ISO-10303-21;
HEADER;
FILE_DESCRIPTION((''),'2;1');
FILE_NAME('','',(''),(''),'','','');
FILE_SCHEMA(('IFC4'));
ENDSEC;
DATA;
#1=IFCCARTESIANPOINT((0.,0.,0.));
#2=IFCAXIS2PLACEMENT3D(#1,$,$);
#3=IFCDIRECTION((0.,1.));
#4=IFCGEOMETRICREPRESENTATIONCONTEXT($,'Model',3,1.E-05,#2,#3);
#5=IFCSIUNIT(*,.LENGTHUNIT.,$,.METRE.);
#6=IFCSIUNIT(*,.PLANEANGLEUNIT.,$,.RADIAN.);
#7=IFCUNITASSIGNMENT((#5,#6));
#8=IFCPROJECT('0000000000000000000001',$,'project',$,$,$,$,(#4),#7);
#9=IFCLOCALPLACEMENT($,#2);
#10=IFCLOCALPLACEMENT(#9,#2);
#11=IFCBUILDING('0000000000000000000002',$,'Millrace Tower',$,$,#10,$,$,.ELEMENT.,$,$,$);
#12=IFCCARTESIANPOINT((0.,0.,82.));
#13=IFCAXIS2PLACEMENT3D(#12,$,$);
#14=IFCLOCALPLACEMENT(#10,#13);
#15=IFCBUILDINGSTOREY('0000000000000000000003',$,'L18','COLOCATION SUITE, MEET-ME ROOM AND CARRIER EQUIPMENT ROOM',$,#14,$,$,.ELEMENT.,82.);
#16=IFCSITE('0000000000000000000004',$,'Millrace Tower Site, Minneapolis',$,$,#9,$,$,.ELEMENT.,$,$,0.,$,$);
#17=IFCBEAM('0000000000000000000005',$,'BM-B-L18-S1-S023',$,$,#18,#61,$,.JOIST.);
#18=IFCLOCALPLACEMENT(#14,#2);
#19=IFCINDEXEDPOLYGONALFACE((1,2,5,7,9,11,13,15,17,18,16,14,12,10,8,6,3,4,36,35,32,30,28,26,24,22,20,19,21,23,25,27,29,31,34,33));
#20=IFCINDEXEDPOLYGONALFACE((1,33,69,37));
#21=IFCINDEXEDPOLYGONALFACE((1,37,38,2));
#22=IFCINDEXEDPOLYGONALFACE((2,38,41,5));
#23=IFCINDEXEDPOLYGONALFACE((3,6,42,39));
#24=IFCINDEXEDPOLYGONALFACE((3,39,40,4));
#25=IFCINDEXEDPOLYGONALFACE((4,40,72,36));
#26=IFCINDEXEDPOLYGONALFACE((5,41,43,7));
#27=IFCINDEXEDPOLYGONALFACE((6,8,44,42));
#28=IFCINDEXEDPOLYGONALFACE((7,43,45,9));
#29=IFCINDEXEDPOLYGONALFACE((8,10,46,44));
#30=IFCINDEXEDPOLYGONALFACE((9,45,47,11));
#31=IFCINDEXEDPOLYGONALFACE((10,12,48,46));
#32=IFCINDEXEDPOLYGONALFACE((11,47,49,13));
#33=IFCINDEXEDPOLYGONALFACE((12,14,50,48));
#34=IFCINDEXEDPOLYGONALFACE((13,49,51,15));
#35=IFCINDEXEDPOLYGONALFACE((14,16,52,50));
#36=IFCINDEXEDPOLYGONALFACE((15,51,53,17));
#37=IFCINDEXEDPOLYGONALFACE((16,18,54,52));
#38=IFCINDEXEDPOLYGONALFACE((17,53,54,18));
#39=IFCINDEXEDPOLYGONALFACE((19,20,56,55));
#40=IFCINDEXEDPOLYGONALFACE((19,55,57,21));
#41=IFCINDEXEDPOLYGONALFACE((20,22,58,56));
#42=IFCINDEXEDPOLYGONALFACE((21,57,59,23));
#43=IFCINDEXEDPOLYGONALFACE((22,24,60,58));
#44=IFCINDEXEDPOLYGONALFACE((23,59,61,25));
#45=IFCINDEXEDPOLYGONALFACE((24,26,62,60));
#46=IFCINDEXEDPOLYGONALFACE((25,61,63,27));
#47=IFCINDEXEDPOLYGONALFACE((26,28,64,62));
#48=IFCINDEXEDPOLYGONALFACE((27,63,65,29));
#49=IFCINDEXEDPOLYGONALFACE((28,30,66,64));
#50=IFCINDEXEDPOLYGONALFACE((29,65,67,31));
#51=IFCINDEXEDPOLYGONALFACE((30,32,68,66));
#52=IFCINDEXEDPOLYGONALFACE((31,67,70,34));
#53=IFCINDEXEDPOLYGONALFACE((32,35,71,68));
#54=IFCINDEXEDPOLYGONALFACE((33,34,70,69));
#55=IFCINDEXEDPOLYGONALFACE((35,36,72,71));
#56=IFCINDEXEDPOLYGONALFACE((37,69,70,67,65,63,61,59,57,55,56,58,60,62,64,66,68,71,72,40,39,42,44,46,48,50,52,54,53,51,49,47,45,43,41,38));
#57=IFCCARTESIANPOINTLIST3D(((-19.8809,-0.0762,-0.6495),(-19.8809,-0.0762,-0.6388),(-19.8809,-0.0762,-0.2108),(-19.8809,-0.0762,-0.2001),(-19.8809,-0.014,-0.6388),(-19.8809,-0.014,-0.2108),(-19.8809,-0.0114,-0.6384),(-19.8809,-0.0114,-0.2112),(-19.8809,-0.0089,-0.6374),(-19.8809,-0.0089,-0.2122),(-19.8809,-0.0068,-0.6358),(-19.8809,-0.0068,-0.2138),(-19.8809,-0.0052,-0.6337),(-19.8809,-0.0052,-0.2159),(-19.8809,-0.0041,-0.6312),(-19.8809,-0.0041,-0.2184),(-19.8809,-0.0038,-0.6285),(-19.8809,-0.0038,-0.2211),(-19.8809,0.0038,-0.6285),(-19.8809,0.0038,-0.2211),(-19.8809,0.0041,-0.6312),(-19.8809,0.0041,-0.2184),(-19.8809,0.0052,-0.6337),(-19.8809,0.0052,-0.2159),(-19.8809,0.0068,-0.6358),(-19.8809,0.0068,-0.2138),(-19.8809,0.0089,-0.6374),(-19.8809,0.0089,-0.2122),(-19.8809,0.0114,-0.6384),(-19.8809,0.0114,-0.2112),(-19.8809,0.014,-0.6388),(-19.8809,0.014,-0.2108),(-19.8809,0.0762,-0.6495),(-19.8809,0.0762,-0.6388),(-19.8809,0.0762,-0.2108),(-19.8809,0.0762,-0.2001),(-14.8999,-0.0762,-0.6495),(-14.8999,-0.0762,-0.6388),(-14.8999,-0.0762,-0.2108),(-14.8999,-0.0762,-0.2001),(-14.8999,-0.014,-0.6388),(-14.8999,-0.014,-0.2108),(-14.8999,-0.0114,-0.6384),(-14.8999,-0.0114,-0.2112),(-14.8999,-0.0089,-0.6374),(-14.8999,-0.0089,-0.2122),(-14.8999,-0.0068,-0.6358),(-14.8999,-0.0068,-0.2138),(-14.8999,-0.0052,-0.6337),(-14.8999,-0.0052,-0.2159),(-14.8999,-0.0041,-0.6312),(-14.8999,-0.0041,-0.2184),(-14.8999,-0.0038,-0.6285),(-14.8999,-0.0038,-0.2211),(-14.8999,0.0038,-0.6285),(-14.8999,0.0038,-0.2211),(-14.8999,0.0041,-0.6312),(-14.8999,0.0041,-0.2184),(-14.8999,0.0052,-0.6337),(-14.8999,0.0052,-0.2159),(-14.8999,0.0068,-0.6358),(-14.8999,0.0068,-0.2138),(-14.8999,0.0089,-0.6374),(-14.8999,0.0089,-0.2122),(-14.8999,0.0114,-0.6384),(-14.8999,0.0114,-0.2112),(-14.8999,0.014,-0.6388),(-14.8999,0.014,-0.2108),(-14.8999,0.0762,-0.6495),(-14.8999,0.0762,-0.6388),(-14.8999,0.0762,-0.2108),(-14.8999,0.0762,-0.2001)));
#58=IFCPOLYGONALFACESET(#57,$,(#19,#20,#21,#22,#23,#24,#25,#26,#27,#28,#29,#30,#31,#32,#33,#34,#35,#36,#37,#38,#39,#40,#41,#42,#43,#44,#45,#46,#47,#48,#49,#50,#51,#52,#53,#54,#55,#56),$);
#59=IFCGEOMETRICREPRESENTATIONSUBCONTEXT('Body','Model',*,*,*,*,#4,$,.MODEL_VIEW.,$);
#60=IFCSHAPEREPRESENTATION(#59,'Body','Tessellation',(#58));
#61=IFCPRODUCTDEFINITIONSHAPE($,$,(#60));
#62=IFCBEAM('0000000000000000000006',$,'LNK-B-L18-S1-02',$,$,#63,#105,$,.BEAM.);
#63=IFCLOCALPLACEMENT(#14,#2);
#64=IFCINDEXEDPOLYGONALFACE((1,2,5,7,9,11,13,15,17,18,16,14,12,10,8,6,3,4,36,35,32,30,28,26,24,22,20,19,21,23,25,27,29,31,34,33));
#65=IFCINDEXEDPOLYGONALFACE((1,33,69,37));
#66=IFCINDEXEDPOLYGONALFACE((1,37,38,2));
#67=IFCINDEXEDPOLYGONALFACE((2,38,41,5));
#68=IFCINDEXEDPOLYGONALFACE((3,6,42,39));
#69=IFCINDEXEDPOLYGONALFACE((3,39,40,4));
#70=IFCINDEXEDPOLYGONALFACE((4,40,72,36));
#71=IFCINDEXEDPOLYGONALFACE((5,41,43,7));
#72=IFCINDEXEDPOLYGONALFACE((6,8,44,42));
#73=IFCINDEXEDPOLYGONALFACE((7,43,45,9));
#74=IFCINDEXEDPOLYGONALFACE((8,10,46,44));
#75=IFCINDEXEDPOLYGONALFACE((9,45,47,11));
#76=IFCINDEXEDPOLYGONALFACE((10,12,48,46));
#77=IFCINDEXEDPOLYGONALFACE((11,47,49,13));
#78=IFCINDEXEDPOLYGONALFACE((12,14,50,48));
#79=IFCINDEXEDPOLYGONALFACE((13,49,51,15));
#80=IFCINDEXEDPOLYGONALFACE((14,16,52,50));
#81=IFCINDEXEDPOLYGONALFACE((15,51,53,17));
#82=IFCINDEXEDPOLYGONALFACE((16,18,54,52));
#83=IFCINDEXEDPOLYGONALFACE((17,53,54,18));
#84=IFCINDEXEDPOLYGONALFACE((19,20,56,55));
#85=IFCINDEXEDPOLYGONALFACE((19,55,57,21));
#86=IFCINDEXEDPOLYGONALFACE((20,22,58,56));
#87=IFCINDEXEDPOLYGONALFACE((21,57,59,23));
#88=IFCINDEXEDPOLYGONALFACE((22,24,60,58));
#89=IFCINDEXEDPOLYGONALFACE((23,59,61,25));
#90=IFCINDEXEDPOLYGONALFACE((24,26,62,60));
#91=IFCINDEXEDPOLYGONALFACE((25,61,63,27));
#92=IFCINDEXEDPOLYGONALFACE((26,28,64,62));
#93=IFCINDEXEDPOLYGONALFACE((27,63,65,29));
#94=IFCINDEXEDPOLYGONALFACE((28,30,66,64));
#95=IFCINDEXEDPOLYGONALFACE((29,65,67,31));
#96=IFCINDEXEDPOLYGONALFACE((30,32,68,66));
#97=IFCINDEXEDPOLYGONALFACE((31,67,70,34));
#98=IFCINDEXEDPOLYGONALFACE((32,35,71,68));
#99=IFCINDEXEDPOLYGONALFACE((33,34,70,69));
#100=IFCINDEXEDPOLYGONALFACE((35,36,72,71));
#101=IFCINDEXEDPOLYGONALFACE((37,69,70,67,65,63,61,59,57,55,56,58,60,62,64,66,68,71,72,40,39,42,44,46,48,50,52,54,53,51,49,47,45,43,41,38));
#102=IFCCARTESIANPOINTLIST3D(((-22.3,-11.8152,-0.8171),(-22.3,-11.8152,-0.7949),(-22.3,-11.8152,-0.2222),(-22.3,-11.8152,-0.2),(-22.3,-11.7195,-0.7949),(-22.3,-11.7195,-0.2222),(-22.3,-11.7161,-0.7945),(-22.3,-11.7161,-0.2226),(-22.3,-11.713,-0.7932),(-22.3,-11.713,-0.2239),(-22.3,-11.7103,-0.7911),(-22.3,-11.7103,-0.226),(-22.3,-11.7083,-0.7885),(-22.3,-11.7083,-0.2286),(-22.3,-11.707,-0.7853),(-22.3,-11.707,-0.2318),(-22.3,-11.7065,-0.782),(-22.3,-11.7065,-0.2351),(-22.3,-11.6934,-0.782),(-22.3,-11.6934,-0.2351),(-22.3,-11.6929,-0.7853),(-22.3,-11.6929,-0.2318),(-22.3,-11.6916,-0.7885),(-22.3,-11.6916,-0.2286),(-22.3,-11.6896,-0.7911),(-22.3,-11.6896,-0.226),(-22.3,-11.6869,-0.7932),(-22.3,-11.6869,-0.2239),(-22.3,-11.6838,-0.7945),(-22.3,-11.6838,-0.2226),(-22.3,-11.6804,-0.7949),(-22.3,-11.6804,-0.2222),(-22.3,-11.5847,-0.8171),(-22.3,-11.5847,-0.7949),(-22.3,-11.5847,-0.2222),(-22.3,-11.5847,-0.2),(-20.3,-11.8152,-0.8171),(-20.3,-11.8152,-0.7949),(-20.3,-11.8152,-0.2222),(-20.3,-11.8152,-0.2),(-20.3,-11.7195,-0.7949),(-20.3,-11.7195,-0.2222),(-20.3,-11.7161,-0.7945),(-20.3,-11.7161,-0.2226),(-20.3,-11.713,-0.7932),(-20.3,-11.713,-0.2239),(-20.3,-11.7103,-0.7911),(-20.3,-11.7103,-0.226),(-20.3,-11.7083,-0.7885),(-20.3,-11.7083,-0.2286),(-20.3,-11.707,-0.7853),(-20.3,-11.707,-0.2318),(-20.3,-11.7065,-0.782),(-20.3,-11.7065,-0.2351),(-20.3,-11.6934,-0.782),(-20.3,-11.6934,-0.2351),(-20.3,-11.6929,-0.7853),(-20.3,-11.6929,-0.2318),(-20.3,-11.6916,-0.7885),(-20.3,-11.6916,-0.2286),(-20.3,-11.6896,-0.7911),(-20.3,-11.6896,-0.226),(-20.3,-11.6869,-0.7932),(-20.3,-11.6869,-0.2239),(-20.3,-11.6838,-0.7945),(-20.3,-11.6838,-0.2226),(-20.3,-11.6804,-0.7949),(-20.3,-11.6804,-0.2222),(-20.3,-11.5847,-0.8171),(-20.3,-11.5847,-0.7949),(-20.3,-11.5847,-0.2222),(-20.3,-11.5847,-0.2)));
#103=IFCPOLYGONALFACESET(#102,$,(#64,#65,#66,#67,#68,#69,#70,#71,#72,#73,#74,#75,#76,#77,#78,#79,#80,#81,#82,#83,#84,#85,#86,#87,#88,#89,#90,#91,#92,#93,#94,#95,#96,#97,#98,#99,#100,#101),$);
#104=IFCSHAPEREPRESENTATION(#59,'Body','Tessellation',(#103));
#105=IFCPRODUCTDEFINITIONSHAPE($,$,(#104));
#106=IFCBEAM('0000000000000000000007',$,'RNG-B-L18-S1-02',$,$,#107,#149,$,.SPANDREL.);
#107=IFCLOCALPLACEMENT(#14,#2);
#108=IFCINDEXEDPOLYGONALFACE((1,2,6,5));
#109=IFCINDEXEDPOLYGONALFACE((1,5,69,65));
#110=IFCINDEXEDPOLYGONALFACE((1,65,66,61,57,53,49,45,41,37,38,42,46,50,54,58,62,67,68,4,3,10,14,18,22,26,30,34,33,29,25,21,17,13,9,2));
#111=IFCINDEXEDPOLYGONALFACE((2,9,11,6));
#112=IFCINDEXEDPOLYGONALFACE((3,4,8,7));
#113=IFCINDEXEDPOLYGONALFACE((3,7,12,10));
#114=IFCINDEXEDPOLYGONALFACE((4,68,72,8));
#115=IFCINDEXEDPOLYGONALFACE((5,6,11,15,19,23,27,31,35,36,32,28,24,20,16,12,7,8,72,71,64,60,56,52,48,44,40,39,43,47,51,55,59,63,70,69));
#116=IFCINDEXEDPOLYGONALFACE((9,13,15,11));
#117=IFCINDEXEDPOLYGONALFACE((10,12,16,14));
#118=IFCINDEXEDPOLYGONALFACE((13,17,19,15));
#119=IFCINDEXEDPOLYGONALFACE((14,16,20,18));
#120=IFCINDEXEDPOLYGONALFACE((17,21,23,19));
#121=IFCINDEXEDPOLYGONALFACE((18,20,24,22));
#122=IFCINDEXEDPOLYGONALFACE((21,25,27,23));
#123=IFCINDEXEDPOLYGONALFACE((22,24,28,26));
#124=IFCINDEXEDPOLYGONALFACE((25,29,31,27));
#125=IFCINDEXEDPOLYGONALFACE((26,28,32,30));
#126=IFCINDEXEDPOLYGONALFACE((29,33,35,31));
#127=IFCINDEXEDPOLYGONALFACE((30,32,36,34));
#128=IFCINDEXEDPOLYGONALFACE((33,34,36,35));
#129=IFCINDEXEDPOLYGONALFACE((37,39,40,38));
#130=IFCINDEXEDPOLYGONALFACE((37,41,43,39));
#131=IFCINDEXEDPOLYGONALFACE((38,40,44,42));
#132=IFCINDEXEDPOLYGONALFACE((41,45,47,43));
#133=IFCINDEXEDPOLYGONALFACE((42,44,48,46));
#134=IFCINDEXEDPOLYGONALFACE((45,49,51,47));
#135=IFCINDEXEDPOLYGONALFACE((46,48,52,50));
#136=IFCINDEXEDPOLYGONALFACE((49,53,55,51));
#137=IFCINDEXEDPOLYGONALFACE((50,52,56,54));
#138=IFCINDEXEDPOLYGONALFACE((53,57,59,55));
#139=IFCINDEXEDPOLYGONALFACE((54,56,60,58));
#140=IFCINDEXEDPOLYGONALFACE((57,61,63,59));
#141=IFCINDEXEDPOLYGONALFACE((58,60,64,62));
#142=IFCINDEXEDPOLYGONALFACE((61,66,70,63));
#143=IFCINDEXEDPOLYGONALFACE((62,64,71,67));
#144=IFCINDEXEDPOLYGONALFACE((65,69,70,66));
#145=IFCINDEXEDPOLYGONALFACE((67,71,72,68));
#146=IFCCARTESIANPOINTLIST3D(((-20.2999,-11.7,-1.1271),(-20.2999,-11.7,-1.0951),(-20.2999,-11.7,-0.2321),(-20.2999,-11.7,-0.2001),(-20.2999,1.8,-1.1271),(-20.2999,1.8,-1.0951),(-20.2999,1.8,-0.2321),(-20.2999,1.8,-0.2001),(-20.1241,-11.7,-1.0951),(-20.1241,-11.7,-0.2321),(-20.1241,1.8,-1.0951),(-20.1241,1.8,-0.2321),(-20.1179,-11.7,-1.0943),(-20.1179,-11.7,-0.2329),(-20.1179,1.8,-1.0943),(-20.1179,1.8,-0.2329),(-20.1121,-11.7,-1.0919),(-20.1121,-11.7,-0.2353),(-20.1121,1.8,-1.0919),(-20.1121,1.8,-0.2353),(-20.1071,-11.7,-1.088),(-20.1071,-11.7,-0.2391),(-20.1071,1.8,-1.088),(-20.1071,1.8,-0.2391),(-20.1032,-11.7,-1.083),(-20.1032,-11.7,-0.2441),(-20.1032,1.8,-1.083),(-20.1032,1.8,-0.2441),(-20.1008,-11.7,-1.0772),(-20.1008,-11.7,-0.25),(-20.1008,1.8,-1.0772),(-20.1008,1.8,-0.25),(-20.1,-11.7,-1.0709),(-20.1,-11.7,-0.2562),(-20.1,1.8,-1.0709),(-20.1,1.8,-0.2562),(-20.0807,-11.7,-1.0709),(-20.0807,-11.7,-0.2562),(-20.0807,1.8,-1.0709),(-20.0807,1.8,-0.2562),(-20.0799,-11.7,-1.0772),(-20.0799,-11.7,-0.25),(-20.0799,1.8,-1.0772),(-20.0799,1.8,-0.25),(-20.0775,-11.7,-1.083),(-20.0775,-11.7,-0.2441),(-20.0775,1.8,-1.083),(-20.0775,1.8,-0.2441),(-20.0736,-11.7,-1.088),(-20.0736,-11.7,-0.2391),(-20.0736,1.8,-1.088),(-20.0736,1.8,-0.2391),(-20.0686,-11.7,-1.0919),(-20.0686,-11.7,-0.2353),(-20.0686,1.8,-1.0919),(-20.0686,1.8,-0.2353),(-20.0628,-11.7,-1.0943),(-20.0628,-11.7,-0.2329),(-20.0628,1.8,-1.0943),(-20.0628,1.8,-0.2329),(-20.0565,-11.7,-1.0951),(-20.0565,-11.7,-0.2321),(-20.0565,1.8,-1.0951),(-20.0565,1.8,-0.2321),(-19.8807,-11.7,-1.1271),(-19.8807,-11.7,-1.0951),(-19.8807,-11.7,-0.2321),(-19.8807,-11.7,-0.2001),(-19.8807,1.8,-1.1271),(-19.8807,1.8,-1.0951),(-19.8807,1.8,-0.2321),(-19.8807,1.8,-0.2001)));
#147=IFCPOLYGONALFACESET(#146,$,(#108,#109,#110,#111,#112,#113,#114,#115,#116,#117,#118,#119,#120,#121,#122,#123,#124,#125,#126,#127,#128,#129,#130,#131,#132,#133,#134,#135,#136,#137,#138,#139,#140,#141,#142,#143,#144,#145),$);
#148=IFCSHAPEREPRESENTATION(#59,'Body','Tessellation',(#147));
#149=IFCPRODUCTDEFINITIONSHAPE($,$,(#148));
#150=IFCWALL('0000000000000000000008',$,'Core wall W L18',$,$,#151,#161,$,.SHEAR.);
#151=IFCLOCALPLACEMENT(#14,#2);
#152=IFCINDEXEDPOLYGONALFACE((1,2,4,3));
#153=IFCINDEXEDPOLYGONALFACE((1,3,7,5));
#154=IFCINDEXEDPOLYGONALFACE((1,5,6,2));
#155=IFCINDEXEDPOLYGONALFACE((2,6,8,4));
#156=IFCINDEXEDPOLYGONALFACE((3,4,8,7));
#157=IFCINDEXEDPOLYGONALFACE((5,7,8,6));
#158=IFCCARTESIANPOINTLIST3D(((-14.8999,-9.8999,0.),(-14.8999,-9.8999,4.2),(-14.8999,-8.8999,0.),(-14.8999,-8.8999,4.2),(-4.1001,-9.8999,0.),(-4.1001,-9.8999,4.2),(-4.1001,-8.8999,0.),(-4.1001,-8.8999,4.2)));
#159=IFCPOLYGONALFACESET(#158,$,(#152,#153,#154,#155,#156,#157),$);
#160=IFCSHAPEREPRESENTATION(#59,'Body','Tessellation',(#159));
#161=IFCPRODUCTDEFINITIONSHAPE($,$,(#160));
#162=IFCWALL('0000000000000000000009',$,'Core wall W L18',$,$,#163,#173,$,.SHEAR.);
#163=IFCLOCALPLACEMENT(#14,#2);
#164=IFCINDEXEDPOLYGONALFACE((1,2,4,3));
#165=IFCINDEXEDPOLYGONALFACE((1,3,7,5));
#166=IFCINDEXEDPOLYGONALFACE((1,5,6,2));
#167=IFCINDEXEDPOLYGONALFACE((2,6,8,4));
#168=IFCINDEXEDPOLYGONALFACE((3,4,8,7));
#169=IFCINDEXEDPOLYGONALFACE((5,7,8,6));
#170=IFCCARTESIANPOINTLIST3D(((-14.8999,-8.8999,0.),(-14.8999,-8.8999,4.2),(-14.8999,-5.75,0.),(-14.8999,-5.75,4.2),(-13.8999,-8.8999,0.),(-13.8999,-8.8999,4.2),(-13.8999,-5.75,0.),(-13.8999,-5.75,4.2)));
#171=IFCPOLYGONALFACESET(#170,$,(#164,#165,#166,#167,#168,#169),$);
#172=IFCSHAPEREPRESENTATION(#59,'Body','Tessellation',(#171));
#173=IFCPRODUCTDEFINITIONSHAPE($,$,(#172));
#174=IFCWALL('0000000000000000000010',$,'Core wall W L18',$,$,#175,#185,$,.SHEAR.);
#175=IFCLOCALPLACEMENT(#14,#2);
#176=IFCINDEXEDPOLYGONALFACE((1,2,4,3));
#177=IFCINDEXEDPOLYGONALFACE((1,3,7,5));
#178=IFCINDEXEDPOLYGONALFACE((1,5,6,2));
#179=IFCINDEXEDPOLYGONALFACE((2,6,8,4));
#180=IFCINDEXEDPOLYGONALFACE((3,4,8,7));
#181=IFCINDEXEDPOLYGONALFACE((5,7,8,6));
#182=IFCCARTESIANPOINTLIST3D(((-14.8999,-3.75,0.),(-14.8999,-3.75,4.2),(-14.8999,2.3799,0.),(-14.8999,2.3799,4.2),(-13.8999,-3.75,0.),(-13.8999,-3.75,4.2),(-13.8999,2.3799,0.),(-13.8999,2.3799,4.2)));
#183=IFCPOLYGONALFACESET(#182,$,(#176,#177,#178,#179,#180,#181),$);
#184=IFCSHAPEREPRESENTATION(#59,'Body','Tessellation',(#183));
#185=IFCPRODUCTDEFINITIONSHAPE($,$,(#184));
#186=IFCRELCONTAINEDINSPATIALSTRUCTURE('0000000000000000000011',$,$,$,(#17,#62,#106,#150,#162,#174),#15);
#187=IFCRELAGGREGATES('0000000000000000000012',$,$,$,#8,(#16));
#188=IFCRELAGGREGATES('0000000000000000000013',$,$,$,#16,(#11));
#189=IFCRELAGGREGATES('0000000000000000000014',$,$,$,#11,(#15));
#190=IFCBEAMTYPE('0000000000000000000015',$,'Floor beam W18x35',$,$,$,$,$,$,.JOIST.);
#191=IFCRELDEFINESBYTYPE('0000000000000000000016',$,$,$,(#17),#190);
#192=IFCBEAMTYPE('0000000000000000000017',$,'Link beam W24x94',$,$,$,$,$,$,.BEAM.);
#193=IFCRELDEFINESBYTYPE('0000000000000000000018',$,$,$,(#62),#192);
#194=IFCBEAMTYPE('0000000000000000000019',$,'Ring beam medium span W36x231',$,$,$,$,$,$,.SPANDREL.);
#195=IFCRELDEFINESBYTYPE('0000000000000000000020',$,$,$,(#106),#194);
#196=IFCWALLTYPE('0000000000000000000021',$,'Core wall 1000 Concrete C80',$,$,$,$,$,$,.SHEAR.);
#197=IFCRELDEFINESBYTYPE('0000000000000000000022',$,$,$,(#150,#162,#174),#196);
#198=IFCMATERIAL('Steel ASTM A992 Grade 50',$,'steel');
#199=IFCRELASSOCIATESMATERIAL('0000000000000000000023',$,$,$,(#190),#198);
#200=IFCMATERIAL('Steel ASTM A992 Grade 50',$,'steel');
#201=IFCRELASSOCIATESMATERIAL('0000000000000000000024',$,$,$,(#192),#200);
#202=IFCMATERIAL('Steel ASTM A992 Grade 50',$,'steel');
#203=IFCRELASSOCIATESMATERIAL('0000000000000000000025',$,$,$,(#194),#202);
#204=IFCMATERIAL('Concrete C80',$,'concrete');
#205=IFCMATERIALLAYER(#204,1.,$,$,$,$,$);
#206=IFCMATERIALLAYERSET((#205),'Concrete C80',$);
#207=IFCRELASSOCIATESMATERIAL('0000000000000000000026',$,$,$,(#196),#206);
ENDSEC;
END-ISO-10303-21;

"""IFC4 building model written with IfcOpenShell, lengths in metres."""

from ifc_helpers import new_model, si_unit, direction, frame, frame_2d, origin, origin_2d, place, context, subcontext, project, spatial, rectangle, i_section, extrude, material, layer, layer_set, material_profile, profile_set, type_object, element, save


model = new_model("IFC4")

# Units and contexts
model_context = context("Model", 3, precision=1e-05, world=origin(), true_north=direction((0.0, 1.0)))
body_context = subcontext(model_context, "Body", "Model", "MODEL_VIEW")
ifc_project = project(units=[si_unit("LENGTHUNIT", "METRE"), si_unit("PLANEANGLEUNIT", "RADIAN")], contexts=[model_context])

# Site, building, storey
site_placement = place(None, origin())
site = spatial("IfcSite", under=ifc_project, at=site_placement, Name="Millrace Tower Site, Minneapolis", CompositionType="ELEMENT", RefElevation=0.0)
building_placement = place(site_placement, origin())
building = spatial("IfcBuilding", under=site, at=building_placement, Name="Millrace Tower", CompositionType="ELEMENT")
storey_placement = place(building_placement, frame((0.0, 0.0, 82.0)))
storey = spatial("IfcBuildingStorey", under=building, at=storey_placement, Name="L18", Description="COLOCATION SUITE, MEET-ME ROOM AND CARRIER EQUIPMENT ROOM", CompositionType="ELEMENT", Elevation=82.0)

# Beams
ifc_material_1 = material(Name="Steel ASTM A992 Grade 50", Category="steel")
ifc_material_profile_1 = material_profile(ifc_material_1, i_section(OverallWidth=0.1523, OverallDepth=0.4495, WebThickness=0.0076, FlangeThickness=0.0107, FilletRadius=0.0103, at=origin_2d()))
ifc_profile_set_1 = profile_set([ifc_material_profile_1], Name="Steel ASTM A992 Grade 50")
beam_type_1 = type_object("IfcBeamType", Name="Floor beam W18x35", PredefinedType="JOIST", material=ifc_profile_set_1)
for number, where, z_axis, x_axis, name in (
    (1, (-19.8809, 0.0, -0.4248), (1.0, 0.0, 0.0), (0.0, 1.0, 0.0), "BM-B-L18-S1-S023"),
):
    element("IfcBeam", number, at=place(storey_placement, frame(where, z_axis=z_axis, x_axis=x_axis)), inside=storey, type_object=beam_type_1, Name=name, PredefinedType="JOIST", context=body_context, shape_type="SweptSolid", body=[
        extrude(i_section(OverallWidth=0.1523, OverallDepth=0.4495, WebThickness=0.0076, FlangeThickness=0.0107, FilletRadius=0.0103, at=origin_2d()), origin(), (0.0, 0.0, 1.0), 4.981),
    ])
ifc_material_2 = material(Name="Steel ASTM A992 Grade 50", Category="steel")
ifc_material_profile_2 = material_profile(ifc_material_2, i_section(OverallWidth=0.2305, OverallDepth=0.6172, WebThickness=0.0132, FlangeThickness=0.0222, FilletRadius=0.0129, at=origin_2d()))
ifc_profile_set_2 = profile_set([ifc_material_profile_2], Name="Steel ASTM A992 Grade 50")
beam_type_2 = type_object("IfcBeamType", Name="Link beam W24x94", PredefinedType="BEAM", material=ifc_profile_set_2)
beam_1_placement = place(storey_placement, frame((-20.3, -11.7, -0.5085), z_axis=(-1.0, 0.0, 0.0), x_axis=(0.0, -1.0, 0.0)))
element("IfcBeam", 2, at=beam_1_placement, inside=storey, type_object=beam_type_2, Name="LNK-B-L18-S1-02", PredefinedType="BEAM", context=body_context, shape_type="SweptSolid", body=[
    extrude(i_section(OverallWidth=0.2305, OverallDepth=0.6172, WebThickness=0.0132, FlangeThickness=0.0222, FilletRadius=0.0129, at=origin_2d()), origin(), (0.0, 0.0, 1.0), 2.0),
])
ifc_material_3 = material(Name="Steel ASTM A992 Grade 50", Category="steel")
ifc_material_profile_3 = material_profile(ifc_material_3, i_section(OverallWidth=0.4192, OverallDepth=0.927, WebThickness=0.0193, FlangeThickness=0.032, FilletRadius=0.0242, at=origin_2d()))
ifc_profile_set_3 = profile_set([ifc_material_profile_3], Name="Steel ASTM A992 Grade 50")
beam_type_3 = type_object("IfcBeamType", Name="Ring beam medium span W36x231", PredefinedType="SPANDREL", material=ifc_profile_set_3)
beam_2_placement = place(storey_placement, frame((-20.0903, -11.7, -0.6636), z_axis=(0.0, 1.0, 0.0), x_axis=(-1.0, 0.0, 0.0)))
element("IfcBeam", 3, at=beam_2_placement, inside=storey, type_object=beam_type_3, Name="RNG-B-L18-S1-02", PredefinedType="SPANDREL", context=body_context, shape_type="SweptSolid", body=[
    extrude(i_section(OverallWidth=0.4192, OverallDepth=0.927, WebThickness=0.0193, FlangeThickness=0.032, FilletRadius=0.0242, at=origin_2d()), origin(), (0.0, 0.0, 1.0), 13.5),
])

# Walls
ifc_material_4 = material(Name="Concrete C80", Category="concrete")
ifc_layer_1 = layer(ifc_material_4, 1.0)
ifc_layer_set_1 = layer_set([ifc_layer_1], Name="Concrete C80")
wall_type_1 = type_object("IfcWallType", Name="Core wall 1000 Concrete C80", PredefinedType="SHEAR", material=ifc_layer_set_1)
wall_1_placement = place(storey_placement, frame((-14.8999, -9.3999, 0.0), z_axis=(0.0, 0.0, 1.0), x_axis=(1.0, 0.0, 0.0)))
element("IfcWall", 4, at=wall_1_placement, inside=storey, type_object=wall_type_1, Name="Core wall W L18", PredefinedType="SHEAR", context=body_context, shape_type="SweptSolid", body=[
    extrude(rectangle(XDim=10.7998, YDim=1.0, at=frame_2d((5.3999, 0.0))), origin(), (0.0, 0.0, 1.0), 4.2),
])
wall_2_placement = place(storey_placement, frame((-14.3999, -8.8999, 0.0), z_axis=(0.0, 0.0, 1.0), x_axis=(0.0, 1.0, 0.0)))
element("IfcWall", 5, at=wall_2_placement, inside=storey, type_object=wall_type_1, Name="Core wall W L18", PredefinedType="SHEAR", context=body_context, shape_type="SweptSolid", body=[
    extrude(rectangle(XDim=3.1499, YDim=1.0, at=frame_2d((1.575, 0.0))), origin(), (0.0, 0.0, 1.0), 4.2),
])
wall_3_placement = place(storey_placement, frame((-14.3999, -3.75, 0.0), z_axis=(0.0, 0.0, 1.0), x_axis=(0.0, 1.0, 0.0)))
element("IfcWall", 6, at=wall_3_placement, inside=storey, type_object=wall_type_1, Name="Core wall W L18", PredefinedType="SHEAR", context=body_context, shape_type="SweptSolid", body=[
    extrude(rectangle(XDim=6.1299, YDim=1.0, at=frame_2d((3.0649, 0.0))), origin(), (0.0, 0.0, 1.0), 4.2),
])

save(model, "model.ifc")
